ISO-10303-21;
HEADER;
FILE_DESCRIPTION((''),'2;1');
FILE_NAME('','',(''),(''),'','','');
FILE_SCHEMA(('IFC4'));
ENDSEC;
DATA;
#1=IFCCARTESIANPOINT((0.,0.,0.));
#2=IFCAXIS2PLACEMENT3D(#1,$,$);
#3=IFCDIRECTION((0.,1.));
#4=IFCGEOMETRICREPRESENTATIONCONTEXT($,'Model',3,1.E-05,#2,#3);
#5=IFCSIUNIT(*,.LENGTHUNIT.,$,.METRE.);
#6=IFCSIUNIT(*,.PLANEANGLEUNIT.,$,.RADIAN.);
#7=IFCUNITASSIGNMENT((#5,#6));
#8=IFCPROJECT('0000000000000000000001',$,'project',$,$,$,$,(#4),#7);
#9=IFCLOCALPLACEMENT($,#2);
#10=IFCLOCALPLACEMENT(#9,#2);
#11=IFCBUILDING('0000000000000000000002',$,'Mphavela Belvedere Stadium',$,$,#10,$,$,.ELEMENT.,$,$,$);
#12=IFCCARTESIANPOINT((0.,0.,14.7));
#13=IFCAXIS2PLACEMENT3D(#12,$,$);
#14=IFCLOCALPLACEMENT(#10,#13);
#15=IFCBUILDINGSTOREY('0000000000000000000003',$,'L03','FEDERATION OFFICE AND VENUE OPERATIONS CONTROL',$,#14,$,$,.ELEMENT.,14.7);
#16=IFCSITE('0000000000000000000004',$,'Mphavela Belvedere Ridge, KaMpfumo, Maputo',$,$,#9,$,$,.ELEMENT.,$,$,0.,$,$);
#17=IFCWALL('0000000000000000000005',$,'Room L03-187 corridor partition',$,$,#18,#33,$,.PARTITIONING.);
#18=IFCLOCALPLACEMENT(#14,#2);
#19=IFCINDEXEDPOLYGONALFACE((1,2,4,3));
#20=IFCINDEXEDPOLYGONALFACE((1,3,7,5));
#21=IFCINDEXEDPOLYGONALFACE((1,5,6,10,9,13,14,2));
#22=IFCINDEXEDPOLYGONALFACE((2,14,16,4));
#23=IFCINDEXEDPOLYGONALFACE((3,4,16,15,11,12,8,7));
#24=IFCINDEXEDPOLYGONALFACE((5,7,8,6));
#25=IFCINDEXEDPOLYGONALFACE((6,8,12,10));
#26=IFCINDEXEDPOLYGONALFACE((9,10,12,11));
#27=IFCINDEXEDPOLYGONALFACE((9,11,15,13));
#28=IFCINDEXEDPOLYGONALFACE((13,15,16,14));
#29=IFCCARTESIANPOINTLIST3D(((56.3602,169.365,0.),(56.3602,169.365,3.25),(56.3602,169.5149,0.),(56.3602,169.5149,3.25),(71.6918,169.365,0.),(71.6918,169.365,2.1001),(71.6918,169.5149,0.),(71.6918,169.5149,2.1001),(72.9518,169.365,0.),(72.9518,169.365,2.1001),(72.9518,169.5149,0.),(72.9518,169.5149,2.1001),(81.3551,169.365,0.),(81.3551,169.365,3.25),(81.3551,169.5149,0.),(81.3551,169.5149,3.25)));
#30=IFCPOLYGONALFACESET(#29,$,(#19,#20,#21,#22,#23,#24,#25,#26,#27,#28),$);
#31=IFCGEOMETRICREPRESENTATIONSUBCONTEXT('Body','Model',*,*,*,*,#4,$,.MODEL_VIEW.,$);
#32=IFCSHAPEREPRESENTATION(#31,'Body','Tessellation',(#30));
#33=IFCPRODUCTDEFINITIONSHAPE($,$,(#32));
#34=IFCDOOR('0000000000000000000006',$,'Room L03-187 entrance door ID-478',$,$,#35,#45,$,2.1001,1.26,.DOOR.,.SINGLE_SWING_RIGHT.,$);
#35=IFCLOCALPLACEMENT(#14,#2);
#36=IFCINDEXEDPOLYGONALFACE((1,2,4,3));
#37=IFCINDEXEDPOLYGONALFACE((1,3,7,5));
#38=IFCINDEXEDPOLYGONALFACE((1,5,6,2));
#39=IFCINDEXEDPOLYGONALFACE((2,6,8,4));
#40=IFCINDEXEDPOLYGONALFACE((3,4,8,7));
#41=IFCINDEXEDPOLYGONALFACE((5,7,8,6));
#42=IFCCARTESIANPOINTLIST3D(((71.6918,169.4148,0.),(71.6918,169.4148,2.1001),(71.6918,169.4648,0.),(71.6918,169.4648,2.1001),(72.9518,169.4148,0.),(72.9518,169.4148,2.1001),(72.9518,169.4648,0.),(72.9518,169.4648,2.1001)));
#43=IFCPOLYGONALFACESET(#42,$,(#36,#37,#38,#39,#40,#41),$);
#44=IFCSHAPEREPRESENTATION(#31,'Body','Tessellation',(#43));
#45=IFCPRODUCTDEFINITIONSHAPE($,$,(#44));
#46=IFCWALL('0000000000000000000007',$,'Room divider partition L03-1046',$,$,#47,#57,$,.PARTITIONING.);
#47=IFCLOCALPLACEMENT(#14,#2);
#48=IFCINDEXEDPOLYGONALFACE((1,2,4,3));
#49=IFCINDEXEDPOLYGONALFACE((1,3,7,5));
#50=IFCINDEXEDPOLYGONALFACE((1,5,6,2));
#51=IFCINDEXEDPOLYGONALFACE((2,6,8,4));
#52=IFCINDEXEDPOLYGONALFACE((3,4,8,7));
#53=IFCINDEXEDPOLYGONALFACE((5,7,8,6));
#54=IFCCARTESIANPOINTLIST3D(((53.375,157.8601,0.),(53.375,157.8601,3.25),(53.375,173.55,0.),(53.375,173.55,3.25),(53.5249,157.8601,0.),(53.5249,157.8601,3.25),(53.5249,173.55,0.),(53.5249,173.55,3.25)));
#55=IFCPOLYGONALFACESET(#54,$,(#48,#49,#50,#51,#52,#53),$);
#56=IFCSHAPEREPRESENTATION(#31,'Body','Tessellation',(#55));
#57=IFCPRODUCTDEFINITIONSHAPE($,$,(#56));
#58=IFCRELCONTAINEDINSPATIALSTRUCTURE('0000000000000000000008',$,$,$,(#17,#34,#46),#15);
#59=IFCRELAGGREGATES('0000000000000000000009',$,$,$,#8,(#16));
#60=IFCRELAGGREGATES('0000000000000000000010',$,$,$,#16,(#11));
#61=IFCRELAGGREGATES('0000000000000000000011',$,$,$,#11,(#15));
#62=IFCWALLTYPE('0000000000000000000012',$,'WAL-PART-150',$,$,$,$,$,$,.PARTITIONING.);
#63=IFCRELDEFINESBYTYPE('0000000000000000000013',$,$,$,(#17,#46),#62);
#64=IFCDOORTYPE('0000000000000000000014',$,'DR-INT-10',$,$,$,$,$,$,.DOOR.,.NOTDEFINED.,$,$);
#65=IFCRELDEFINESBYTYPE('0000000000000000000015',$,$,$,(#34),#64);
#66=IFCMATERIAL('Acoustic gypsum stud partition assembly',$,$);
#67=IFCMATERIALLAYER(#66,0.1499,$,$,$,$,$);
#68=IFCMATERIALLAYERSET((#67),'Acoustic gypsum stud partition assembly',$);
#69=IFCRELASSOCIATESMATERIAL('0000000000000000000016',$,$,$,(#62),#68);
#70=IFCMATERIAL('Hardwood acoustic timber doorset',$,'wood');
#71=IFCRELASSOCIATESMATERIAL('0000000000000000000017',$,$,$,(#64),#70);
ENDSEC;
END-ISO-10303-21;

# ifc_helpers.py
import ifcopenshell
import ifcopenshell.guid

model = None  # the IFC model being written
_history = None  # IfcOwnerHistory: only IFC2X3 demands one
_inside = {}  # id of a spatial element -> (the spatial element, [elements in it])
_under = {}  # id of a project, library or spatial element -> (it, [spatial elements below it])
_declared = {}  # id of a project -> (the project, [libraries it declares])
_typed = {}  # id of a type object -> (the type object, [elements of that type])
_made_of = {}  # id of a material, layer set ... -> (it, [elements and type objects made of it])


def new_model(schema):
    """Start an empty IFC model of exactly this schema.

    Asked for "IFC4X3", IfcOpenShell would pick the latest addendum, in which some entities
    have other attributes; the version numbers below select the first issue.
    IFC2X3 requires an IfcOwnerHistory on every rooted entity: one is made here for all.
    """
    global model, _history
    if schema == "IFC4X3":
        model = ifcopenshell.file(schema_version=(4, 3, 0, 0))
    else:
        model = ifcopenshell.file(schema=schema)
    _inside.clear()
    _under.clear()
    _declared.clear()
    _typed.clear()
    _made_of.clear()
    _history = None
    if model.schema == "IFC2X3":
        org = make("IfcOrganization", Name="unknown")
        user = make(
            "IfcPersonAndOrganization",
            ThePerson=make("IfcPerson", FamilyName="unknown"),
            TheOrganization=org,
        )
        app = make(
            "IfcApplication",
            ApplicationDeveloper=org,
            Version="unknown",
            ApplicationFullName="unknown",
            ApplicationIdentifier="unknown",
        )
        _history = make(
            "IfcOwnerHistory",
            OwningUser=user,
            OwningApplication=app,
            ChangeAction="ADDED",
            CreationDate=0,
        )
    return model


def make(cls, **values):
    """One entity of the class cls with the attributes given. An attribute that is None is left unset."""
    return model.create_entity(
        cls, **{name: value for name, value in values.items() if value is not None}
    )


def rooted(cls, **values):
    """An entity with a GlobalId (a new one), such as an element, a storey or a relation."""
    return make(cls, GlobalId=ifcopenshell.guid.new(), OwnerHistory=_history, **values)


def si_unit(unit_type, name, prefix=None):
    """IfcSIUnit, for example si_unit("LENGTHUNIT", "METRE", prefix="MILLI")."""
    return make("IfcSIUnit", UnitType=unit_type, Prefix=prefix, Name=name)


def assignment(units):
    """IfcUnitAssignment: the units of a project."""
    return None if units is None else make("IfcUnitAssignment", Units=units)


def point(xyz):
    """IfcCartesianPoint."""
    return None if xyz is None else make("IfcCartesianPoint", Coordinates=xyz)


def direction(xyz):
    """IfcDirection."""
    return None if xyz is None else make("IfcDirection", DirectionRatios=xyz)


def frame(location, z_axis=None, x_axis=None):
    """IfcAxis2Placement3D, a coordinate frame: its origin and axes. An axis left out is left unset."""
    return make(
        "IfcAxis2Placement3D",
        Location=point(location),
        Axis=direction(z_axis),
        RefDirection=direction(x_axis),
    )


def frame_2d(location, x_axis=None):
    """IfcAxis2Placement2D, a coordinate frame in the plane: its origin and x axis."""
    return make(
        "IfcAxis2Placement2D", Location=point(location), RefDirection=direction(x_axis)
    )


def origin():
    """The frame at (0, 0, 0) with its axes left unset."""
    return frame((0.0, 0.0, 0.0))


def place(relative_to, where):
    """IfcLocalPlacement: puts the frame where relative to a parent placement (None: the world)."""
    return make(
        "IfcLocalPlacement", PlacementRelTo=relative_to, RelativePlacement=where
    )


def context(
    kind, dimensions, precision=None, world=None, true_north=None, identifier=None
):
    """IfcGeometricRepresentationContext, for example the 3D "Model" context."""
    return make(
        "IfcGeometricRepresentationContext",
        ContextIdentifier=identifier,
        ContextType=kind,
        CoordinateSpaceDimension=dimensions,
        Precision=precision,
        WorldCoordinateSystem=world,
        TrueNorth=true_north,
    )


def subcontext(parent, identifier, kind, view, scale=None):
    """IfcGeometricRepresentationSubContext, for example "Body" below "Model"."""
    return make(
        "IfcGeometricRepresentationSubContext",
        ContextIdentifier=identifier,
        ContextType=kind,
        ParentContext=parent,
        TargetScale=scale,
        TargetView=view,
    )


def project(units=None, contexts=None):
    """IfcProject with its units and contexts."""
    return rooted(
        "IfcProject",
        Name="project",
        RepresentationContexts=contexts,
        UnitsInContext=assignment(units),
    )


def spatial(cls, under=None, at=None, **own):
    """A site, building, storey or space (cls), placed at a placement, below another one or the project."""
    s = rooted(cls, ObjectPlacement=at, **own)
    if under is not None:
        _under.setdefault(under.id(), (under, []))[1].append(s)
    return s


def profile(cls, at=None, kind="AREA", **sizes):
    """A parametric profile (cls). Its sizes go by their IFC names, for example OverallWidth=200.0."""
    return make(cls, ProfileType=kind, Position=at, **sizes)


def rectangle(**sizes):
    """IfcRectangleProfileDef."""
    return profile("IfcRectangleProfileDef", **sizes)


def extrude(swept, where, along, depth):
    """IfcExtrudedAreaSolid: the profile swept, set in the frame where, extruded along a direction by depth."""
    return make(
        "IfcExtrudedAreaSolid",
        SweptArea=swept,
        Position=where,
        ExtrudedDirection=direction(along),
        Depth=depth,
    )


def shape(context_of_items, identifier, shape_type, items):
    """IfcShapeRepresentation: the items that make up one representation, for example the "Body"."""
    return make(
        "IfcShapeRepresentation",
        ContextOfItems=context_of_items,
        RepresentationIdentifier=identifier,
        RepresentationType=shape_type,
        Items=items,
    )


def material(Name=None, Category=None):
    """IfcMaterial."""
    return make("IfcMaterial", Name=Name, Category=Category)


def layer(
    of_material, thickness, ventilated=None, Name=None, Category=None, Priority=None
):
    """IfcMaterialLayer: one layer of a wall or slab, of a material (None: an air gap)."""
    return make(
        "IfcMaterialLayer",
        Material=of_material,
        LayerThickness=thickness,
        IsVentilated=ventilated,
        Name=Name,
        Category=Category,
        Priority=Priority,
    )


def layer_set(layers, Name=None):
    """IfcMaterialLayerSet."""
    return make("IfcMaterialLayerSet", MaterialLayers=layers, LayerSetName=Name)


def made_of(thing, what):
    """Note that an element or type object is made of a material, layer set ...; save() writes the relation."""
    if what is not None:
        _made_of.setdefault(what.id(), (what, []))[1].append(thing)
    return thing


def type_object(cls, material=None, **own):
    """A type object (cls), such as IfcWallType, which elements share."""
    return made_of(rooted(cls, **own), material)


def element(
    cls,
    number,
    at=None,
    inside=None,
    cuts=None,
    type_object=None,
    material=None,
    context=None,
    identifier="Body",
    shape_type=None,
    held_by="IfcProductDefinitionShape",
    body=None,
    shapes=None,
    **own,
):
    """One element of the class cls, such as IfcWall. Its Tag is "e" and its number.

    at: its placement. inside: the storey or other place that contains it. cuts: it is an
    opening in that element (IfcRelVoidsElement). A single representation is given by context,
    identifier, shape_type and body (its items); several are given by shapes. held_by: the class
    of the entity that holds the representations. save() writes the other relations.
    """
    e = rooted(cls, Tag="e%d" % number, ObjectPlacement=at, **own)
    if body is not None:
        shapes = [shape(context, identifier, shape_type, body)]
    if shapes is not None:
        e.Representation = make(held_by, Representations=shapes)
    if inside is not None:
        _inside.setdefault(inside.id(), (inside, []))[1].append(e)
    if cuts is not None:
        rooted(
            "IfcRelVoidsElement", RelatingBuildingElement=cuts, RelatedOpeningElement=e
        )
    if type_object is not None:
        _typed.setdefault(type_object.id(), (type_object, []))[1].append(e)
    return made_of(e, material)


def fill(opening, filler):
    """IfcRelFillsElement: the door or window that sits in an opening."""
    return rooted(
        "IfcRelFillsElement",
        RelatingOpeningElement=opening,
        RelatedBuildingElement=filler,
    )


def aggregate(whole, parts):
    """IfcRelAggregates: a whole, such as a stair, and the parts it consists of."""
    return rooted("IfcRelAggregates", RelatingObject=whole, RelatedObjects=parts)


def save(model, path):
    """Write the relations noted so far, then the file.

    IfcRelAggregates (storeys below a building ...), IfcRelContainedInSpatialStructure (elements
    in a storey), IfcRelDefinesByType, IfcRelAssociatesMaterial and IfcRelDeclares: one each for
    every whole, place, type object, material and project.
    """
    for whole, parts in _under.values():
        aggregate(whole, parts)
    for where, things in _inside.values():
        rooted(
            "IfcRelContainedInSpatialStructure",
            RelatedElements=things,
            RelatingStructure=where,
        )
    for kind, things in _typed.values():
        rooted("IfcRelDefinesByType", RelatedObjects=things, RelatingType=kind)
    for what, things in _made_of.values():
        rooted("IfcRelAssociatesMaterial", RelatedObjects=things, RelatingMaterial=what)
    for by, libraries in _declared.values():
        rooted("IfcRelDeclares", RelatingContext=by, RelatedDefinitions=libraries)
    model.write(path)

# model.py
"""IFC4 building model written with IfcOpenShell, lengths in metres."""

from ifc_helpers import new_model, si_unit, direction, frame, frame_2d, origin, place, context, subcontext, project, spatial, rectangle, extrude, material, layer, layer_set, type_object, element, fill, save


model = new_model("IFC4")

# Units and contexts
model_context = context("Model", 3, precision=1e-05, world=origin(), true_north=direction((0.0, 1.0)))
body_context = subcontext(model_context, "Body", "Model", "MODEL_VIEW")
ifc_project = project(units=[si_unit("LENGTHUNIT", "METRE"), si_unit("PLANEANGLEUNIT", "RADIAN")], contexts=[model_context])

# Site, building, storey
site_placement = place(None, origin())
site = spatial("IfcSite", under=ifc_project, at=site_placement, Name="Mphavela Belvedere Ridge, KaMpfumo, Maputo", CompositionType="ELEMENT", RefElevation=0.0)
building_placement = place(site_placement, origin())
building = spatial("IfcBuilding", under=site, at=building_placement, Name="Mphavela Belvedere Stadium", CompositionType="ELEMENT")
storey_placement = place(building_placement, frame((0.0, 0.0, 14.7)))
storey = spatial("IfcBuildingStorey", under=building, at=storey_placement, Name="L03", Description="FEDERATION OFFICE AND VENUE OPERATIONS CONTROL", CompositionType="ELEMENT", Elevation=14.7)

# Wall, opening, door
ifc_material_1 = material(Name="Acoustic gypsum stud partition assembly")
ifc_layer_1 = layer(ifc_material_1, 0.1499)
ifc_layer_set_1 = layer_set([ifc_layer_1], Name="Acoustic gypsum stud partition assembly")
wall_type_1 = type_object("IfcWallType", Name="WAL-PART-150", PredefinedType="PARTITIONING", material=ifc_layer_set_1)
wall_1_placement = place(storey_placement, frame((56.3601, 169.4399, 0.0), z_axis=(0.0, 0.0, 1.0), x_axis=(1.0, 0.0, 0.0)))
wall_1 = element("IfcWall", 1, at=wall_1_placement, inside=storey, type_object=wall_type_1, Name="Room L03-187 corridor partition", PredefinedType="PARTITIONING", context=body_context, shape_type="SweptSolid", body=[
    extrude(rectangle(XDim=24.9949, YDim=0.1499, at=frame_2d((12.4976, 0.0))), origin(), (0.0, 0.0, 1.0), 3.25),
])
opening_1_placement = place(wall_1_placement, frame((15.3318, 0.0, 0.0)))
opening_1 = element("IfcOpeningElement", 2, at=opening_1_placement, cuts=wall_1, PredefinedType="OPENING", context=body_context, shape_type="SweptSolid", body=[
    extrude(rectangle(XDim=1.26, YDim=2.1001, at=frame_2d((0.6299, 1.05))), frame((0.0, 0.085, 0.0), z_axis=(0.0, -1.0, 0.0), x_axis=(1.0, 0.0, 0.0)), (0.0, 0.0, 1.0), 0.1699),
])
ifc_material_2 = material(Name="Hardwood acoustic timber doorset", Category="wood")
door_type = type_object("IfcDoorType", Name="DR-INT-10", OperationType="NOTDEFINED", PredefinedType="DOOR", material=ifc_material_2)
door_placement = place(opening_1_placement, origin())
door = element("IfcDoor", 3, at=door_placement, inside=storey, type_object=door_type, Name="Room L03-187 entrance door ID-478", OperationType="SINGLE_SWING_RIGHT", OverallHeight=2.1001, OverallWidth=1.26, PredefinedType="DOOR", context=body_context, shape_type="SweptSolid", body=[
    extrude(rectangle(XDim=1.26, YDim=2.1001, at=frame_2d((0.6299, 1.05))), frame((0.0, 0.0249, 0.0), z_axis=(0.0, -1.0, 0.0), x_axis=(1.0, 0.0, 0.0)), (0.0, 0.0, 1.0), 0.05),
])
fill(opening_1, door)

# Wall
wall_2_placement = place(storey_placement, frame((53.45, 173.55, 0.0), z_axis=(0.0, 0.0, 1.0), x_axis=(0.0, -1.0, 0.0)))
element("IfcWall", 4, at=wall_2_placement, inside=storey, type_object=wall_type_1, Name="Room divider partition L03-1046", PredefinedType="PARTITIONING", context=body_context, shape_type="SweptSolid", body=[
    extrude(rectangle(XDim=15.6899, YDim=0.1499, at=frame_2d((7.845, 0.0))), origin(), (0.0, 0.0, 1.0), 3.25),
])

save(model, "model.ifc")
